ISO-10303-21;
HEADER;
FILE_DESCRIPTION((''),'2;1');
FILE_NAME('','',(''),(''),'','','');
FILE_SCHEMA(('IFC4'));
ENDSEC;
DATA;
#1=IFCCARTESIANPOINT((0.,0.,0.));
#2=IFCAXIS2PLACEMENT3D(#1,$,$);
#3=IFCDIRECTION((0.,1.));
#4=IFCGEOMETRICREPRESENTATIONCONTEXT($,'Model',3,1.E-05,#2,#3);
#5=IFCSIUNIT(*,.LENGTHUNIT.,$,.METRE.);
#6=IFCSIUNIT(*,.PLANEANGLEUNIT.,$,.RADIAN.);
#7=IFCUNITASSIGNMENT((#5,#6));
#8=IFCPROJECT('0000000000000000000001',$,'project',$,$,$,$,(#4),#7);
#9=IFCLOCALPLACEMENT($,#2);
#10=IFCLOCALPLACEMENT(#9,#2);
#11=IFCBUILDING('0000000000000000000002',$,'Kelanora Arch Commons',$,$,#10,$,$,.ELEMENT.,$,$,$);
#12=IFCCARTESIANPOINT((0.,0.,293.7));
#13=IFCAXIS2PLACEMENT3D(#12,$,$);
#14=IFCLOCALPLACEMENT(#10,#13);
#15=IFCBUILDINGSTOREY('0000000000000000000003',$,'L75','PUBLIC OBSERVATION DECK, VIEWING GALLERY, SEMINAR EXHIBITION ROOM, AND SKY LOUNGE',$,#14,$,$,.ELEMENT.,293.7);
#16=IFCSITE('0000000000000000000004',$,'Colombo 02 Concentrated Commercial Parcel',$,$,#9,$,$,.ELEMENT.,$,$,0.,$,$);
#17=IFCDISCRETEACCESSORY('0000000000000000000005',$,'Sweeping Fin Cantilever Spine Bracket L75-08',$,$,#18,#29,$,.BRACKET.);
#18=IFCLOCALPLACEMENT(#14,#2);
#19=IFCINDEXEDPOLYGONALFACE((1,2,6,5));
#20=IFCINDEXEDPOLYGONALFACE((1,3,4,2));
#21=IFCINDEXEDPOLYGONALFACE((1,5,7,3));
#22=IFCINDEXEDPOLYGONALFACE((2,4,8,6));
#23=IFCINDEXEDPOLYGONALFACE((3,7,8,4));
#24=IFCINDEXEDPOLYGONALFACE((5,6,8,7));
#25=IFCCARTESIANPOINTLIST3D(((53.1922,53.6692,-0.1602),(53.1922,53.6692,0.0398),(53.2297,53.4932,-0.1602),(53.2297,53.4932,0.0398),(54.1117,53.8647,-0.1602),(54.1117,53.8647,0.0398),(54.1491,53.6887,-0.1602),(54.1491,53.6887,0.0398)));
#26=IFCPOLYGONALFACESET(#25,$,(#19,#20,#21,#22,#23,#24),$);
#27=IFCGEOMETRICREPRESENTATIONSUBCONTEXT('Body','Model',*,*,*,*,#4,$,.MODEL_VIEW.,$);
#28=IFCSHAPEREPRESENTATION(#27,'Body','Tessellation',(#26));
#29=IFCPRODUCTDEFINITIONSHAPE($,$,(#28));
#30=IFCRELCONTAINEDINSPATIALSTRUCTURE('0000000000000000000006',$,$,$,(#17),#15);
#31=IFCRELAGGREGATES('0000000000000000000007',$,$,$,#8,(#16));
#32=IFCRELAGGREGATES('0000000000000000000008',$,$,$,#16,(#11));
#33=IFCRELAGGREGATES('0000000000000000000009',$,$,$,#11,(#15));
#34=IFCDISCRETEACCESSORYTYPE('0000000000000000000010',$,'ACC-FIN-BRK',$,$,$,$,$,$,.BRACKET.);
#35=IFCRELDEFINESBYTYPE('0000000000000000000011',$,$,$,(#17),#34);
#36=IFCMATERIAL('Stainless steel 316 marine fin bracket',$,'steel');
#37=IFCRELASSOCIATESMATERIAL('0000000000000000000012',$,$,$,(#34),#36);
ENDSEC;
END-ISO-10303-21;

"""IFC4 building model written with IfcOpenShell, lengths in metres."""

from ifc_helpers import new_model, si_unit, direction, frame, origin, origin_2d, place, context, subcontext, project, spatial, rectangle, extrude, source, transform, mapped, material, type_object, element, save


model = new_model("IFC4")

# Units and contexts
model_context = context("Model", 3, precision=1e-05, world=origin(), true_north=direction((0.0, 1.0)))
body_context = subcontext(model_context, "Body", "Model", "MODEL_VIEW")
ifc_project = project(units=[si_unit("LENGTHUNIT", "METRE"), si_unit("PLANEANGLEUNIT", "RADIAN")], contexts=[model_context])

# Site, building, storey
site_placement = place(None, origin())
site = spatial("IfcSite", under=ifc_project, at=site_placement, Name="Colombo 02 Concentrated Commercial Parcel", CompositionType="ELEMENT", RefElevation=0.0)
building_placement = place(site_placement, origin())
building = spatial("IfcBuilding", under=site, at=building_placement, Name="Kelanora Arch Commons", CompositionType="ELEMENT")
storey_placement = place(building_placement, frame((0.0, 0.0, 293.7)))
storey = spatial("IfcBuildingStorey", under=building, at=storey_placement, Name="L75", Description="PUBLIC OBSERVATION DECK, VIEWING GALLERY, SEMINAR EXHIBITION ROOM, AND SKY LOUNGE", CompositionType="ELEMENT", Elevation=293.7)

# Discrete accessory
ifc_material_1 = material(Name="Stainless steel 316 marine fin bracket", Category="steel")
discrete_accessory_type = type_object("IfcDiscreteAccessoryType", Name="ACC-FIN-BRK", PredefinedType="BRACKET", material=ifc_material_1)
shared_shape_1 = source(origin(), body_context, "Body", "SweptSolid", [
    extrude(rectangle(XDim=0.9399, YDim=0.1799, at=origin_2d()), origin(), (0.0, 0.0, 1.0), 0.2),
])
discrete_accessory_placement = place(storey_placement, frame((53.6707, 53.679, -0.1602), z_axis=(0.0, 0.0, 1.0), x_axis=(-0.978148, -0.207912, 0.0)))
element("IfcDiscreteAccessory", 1, at=discrete_accessory_placement, inside=storey, type_object=discrete_accessory_type, Name="Sweeping Fin Cantilever Spine Bracket L75-08", PredefinedType="BRACKET", context=body_context, shape_type="MappedRepresentation", body=[
    mapped(shared_shape_1, transform((0.0, 0.0, 0.0), scale=1.0)),
])

save(model, "model.ifc")
